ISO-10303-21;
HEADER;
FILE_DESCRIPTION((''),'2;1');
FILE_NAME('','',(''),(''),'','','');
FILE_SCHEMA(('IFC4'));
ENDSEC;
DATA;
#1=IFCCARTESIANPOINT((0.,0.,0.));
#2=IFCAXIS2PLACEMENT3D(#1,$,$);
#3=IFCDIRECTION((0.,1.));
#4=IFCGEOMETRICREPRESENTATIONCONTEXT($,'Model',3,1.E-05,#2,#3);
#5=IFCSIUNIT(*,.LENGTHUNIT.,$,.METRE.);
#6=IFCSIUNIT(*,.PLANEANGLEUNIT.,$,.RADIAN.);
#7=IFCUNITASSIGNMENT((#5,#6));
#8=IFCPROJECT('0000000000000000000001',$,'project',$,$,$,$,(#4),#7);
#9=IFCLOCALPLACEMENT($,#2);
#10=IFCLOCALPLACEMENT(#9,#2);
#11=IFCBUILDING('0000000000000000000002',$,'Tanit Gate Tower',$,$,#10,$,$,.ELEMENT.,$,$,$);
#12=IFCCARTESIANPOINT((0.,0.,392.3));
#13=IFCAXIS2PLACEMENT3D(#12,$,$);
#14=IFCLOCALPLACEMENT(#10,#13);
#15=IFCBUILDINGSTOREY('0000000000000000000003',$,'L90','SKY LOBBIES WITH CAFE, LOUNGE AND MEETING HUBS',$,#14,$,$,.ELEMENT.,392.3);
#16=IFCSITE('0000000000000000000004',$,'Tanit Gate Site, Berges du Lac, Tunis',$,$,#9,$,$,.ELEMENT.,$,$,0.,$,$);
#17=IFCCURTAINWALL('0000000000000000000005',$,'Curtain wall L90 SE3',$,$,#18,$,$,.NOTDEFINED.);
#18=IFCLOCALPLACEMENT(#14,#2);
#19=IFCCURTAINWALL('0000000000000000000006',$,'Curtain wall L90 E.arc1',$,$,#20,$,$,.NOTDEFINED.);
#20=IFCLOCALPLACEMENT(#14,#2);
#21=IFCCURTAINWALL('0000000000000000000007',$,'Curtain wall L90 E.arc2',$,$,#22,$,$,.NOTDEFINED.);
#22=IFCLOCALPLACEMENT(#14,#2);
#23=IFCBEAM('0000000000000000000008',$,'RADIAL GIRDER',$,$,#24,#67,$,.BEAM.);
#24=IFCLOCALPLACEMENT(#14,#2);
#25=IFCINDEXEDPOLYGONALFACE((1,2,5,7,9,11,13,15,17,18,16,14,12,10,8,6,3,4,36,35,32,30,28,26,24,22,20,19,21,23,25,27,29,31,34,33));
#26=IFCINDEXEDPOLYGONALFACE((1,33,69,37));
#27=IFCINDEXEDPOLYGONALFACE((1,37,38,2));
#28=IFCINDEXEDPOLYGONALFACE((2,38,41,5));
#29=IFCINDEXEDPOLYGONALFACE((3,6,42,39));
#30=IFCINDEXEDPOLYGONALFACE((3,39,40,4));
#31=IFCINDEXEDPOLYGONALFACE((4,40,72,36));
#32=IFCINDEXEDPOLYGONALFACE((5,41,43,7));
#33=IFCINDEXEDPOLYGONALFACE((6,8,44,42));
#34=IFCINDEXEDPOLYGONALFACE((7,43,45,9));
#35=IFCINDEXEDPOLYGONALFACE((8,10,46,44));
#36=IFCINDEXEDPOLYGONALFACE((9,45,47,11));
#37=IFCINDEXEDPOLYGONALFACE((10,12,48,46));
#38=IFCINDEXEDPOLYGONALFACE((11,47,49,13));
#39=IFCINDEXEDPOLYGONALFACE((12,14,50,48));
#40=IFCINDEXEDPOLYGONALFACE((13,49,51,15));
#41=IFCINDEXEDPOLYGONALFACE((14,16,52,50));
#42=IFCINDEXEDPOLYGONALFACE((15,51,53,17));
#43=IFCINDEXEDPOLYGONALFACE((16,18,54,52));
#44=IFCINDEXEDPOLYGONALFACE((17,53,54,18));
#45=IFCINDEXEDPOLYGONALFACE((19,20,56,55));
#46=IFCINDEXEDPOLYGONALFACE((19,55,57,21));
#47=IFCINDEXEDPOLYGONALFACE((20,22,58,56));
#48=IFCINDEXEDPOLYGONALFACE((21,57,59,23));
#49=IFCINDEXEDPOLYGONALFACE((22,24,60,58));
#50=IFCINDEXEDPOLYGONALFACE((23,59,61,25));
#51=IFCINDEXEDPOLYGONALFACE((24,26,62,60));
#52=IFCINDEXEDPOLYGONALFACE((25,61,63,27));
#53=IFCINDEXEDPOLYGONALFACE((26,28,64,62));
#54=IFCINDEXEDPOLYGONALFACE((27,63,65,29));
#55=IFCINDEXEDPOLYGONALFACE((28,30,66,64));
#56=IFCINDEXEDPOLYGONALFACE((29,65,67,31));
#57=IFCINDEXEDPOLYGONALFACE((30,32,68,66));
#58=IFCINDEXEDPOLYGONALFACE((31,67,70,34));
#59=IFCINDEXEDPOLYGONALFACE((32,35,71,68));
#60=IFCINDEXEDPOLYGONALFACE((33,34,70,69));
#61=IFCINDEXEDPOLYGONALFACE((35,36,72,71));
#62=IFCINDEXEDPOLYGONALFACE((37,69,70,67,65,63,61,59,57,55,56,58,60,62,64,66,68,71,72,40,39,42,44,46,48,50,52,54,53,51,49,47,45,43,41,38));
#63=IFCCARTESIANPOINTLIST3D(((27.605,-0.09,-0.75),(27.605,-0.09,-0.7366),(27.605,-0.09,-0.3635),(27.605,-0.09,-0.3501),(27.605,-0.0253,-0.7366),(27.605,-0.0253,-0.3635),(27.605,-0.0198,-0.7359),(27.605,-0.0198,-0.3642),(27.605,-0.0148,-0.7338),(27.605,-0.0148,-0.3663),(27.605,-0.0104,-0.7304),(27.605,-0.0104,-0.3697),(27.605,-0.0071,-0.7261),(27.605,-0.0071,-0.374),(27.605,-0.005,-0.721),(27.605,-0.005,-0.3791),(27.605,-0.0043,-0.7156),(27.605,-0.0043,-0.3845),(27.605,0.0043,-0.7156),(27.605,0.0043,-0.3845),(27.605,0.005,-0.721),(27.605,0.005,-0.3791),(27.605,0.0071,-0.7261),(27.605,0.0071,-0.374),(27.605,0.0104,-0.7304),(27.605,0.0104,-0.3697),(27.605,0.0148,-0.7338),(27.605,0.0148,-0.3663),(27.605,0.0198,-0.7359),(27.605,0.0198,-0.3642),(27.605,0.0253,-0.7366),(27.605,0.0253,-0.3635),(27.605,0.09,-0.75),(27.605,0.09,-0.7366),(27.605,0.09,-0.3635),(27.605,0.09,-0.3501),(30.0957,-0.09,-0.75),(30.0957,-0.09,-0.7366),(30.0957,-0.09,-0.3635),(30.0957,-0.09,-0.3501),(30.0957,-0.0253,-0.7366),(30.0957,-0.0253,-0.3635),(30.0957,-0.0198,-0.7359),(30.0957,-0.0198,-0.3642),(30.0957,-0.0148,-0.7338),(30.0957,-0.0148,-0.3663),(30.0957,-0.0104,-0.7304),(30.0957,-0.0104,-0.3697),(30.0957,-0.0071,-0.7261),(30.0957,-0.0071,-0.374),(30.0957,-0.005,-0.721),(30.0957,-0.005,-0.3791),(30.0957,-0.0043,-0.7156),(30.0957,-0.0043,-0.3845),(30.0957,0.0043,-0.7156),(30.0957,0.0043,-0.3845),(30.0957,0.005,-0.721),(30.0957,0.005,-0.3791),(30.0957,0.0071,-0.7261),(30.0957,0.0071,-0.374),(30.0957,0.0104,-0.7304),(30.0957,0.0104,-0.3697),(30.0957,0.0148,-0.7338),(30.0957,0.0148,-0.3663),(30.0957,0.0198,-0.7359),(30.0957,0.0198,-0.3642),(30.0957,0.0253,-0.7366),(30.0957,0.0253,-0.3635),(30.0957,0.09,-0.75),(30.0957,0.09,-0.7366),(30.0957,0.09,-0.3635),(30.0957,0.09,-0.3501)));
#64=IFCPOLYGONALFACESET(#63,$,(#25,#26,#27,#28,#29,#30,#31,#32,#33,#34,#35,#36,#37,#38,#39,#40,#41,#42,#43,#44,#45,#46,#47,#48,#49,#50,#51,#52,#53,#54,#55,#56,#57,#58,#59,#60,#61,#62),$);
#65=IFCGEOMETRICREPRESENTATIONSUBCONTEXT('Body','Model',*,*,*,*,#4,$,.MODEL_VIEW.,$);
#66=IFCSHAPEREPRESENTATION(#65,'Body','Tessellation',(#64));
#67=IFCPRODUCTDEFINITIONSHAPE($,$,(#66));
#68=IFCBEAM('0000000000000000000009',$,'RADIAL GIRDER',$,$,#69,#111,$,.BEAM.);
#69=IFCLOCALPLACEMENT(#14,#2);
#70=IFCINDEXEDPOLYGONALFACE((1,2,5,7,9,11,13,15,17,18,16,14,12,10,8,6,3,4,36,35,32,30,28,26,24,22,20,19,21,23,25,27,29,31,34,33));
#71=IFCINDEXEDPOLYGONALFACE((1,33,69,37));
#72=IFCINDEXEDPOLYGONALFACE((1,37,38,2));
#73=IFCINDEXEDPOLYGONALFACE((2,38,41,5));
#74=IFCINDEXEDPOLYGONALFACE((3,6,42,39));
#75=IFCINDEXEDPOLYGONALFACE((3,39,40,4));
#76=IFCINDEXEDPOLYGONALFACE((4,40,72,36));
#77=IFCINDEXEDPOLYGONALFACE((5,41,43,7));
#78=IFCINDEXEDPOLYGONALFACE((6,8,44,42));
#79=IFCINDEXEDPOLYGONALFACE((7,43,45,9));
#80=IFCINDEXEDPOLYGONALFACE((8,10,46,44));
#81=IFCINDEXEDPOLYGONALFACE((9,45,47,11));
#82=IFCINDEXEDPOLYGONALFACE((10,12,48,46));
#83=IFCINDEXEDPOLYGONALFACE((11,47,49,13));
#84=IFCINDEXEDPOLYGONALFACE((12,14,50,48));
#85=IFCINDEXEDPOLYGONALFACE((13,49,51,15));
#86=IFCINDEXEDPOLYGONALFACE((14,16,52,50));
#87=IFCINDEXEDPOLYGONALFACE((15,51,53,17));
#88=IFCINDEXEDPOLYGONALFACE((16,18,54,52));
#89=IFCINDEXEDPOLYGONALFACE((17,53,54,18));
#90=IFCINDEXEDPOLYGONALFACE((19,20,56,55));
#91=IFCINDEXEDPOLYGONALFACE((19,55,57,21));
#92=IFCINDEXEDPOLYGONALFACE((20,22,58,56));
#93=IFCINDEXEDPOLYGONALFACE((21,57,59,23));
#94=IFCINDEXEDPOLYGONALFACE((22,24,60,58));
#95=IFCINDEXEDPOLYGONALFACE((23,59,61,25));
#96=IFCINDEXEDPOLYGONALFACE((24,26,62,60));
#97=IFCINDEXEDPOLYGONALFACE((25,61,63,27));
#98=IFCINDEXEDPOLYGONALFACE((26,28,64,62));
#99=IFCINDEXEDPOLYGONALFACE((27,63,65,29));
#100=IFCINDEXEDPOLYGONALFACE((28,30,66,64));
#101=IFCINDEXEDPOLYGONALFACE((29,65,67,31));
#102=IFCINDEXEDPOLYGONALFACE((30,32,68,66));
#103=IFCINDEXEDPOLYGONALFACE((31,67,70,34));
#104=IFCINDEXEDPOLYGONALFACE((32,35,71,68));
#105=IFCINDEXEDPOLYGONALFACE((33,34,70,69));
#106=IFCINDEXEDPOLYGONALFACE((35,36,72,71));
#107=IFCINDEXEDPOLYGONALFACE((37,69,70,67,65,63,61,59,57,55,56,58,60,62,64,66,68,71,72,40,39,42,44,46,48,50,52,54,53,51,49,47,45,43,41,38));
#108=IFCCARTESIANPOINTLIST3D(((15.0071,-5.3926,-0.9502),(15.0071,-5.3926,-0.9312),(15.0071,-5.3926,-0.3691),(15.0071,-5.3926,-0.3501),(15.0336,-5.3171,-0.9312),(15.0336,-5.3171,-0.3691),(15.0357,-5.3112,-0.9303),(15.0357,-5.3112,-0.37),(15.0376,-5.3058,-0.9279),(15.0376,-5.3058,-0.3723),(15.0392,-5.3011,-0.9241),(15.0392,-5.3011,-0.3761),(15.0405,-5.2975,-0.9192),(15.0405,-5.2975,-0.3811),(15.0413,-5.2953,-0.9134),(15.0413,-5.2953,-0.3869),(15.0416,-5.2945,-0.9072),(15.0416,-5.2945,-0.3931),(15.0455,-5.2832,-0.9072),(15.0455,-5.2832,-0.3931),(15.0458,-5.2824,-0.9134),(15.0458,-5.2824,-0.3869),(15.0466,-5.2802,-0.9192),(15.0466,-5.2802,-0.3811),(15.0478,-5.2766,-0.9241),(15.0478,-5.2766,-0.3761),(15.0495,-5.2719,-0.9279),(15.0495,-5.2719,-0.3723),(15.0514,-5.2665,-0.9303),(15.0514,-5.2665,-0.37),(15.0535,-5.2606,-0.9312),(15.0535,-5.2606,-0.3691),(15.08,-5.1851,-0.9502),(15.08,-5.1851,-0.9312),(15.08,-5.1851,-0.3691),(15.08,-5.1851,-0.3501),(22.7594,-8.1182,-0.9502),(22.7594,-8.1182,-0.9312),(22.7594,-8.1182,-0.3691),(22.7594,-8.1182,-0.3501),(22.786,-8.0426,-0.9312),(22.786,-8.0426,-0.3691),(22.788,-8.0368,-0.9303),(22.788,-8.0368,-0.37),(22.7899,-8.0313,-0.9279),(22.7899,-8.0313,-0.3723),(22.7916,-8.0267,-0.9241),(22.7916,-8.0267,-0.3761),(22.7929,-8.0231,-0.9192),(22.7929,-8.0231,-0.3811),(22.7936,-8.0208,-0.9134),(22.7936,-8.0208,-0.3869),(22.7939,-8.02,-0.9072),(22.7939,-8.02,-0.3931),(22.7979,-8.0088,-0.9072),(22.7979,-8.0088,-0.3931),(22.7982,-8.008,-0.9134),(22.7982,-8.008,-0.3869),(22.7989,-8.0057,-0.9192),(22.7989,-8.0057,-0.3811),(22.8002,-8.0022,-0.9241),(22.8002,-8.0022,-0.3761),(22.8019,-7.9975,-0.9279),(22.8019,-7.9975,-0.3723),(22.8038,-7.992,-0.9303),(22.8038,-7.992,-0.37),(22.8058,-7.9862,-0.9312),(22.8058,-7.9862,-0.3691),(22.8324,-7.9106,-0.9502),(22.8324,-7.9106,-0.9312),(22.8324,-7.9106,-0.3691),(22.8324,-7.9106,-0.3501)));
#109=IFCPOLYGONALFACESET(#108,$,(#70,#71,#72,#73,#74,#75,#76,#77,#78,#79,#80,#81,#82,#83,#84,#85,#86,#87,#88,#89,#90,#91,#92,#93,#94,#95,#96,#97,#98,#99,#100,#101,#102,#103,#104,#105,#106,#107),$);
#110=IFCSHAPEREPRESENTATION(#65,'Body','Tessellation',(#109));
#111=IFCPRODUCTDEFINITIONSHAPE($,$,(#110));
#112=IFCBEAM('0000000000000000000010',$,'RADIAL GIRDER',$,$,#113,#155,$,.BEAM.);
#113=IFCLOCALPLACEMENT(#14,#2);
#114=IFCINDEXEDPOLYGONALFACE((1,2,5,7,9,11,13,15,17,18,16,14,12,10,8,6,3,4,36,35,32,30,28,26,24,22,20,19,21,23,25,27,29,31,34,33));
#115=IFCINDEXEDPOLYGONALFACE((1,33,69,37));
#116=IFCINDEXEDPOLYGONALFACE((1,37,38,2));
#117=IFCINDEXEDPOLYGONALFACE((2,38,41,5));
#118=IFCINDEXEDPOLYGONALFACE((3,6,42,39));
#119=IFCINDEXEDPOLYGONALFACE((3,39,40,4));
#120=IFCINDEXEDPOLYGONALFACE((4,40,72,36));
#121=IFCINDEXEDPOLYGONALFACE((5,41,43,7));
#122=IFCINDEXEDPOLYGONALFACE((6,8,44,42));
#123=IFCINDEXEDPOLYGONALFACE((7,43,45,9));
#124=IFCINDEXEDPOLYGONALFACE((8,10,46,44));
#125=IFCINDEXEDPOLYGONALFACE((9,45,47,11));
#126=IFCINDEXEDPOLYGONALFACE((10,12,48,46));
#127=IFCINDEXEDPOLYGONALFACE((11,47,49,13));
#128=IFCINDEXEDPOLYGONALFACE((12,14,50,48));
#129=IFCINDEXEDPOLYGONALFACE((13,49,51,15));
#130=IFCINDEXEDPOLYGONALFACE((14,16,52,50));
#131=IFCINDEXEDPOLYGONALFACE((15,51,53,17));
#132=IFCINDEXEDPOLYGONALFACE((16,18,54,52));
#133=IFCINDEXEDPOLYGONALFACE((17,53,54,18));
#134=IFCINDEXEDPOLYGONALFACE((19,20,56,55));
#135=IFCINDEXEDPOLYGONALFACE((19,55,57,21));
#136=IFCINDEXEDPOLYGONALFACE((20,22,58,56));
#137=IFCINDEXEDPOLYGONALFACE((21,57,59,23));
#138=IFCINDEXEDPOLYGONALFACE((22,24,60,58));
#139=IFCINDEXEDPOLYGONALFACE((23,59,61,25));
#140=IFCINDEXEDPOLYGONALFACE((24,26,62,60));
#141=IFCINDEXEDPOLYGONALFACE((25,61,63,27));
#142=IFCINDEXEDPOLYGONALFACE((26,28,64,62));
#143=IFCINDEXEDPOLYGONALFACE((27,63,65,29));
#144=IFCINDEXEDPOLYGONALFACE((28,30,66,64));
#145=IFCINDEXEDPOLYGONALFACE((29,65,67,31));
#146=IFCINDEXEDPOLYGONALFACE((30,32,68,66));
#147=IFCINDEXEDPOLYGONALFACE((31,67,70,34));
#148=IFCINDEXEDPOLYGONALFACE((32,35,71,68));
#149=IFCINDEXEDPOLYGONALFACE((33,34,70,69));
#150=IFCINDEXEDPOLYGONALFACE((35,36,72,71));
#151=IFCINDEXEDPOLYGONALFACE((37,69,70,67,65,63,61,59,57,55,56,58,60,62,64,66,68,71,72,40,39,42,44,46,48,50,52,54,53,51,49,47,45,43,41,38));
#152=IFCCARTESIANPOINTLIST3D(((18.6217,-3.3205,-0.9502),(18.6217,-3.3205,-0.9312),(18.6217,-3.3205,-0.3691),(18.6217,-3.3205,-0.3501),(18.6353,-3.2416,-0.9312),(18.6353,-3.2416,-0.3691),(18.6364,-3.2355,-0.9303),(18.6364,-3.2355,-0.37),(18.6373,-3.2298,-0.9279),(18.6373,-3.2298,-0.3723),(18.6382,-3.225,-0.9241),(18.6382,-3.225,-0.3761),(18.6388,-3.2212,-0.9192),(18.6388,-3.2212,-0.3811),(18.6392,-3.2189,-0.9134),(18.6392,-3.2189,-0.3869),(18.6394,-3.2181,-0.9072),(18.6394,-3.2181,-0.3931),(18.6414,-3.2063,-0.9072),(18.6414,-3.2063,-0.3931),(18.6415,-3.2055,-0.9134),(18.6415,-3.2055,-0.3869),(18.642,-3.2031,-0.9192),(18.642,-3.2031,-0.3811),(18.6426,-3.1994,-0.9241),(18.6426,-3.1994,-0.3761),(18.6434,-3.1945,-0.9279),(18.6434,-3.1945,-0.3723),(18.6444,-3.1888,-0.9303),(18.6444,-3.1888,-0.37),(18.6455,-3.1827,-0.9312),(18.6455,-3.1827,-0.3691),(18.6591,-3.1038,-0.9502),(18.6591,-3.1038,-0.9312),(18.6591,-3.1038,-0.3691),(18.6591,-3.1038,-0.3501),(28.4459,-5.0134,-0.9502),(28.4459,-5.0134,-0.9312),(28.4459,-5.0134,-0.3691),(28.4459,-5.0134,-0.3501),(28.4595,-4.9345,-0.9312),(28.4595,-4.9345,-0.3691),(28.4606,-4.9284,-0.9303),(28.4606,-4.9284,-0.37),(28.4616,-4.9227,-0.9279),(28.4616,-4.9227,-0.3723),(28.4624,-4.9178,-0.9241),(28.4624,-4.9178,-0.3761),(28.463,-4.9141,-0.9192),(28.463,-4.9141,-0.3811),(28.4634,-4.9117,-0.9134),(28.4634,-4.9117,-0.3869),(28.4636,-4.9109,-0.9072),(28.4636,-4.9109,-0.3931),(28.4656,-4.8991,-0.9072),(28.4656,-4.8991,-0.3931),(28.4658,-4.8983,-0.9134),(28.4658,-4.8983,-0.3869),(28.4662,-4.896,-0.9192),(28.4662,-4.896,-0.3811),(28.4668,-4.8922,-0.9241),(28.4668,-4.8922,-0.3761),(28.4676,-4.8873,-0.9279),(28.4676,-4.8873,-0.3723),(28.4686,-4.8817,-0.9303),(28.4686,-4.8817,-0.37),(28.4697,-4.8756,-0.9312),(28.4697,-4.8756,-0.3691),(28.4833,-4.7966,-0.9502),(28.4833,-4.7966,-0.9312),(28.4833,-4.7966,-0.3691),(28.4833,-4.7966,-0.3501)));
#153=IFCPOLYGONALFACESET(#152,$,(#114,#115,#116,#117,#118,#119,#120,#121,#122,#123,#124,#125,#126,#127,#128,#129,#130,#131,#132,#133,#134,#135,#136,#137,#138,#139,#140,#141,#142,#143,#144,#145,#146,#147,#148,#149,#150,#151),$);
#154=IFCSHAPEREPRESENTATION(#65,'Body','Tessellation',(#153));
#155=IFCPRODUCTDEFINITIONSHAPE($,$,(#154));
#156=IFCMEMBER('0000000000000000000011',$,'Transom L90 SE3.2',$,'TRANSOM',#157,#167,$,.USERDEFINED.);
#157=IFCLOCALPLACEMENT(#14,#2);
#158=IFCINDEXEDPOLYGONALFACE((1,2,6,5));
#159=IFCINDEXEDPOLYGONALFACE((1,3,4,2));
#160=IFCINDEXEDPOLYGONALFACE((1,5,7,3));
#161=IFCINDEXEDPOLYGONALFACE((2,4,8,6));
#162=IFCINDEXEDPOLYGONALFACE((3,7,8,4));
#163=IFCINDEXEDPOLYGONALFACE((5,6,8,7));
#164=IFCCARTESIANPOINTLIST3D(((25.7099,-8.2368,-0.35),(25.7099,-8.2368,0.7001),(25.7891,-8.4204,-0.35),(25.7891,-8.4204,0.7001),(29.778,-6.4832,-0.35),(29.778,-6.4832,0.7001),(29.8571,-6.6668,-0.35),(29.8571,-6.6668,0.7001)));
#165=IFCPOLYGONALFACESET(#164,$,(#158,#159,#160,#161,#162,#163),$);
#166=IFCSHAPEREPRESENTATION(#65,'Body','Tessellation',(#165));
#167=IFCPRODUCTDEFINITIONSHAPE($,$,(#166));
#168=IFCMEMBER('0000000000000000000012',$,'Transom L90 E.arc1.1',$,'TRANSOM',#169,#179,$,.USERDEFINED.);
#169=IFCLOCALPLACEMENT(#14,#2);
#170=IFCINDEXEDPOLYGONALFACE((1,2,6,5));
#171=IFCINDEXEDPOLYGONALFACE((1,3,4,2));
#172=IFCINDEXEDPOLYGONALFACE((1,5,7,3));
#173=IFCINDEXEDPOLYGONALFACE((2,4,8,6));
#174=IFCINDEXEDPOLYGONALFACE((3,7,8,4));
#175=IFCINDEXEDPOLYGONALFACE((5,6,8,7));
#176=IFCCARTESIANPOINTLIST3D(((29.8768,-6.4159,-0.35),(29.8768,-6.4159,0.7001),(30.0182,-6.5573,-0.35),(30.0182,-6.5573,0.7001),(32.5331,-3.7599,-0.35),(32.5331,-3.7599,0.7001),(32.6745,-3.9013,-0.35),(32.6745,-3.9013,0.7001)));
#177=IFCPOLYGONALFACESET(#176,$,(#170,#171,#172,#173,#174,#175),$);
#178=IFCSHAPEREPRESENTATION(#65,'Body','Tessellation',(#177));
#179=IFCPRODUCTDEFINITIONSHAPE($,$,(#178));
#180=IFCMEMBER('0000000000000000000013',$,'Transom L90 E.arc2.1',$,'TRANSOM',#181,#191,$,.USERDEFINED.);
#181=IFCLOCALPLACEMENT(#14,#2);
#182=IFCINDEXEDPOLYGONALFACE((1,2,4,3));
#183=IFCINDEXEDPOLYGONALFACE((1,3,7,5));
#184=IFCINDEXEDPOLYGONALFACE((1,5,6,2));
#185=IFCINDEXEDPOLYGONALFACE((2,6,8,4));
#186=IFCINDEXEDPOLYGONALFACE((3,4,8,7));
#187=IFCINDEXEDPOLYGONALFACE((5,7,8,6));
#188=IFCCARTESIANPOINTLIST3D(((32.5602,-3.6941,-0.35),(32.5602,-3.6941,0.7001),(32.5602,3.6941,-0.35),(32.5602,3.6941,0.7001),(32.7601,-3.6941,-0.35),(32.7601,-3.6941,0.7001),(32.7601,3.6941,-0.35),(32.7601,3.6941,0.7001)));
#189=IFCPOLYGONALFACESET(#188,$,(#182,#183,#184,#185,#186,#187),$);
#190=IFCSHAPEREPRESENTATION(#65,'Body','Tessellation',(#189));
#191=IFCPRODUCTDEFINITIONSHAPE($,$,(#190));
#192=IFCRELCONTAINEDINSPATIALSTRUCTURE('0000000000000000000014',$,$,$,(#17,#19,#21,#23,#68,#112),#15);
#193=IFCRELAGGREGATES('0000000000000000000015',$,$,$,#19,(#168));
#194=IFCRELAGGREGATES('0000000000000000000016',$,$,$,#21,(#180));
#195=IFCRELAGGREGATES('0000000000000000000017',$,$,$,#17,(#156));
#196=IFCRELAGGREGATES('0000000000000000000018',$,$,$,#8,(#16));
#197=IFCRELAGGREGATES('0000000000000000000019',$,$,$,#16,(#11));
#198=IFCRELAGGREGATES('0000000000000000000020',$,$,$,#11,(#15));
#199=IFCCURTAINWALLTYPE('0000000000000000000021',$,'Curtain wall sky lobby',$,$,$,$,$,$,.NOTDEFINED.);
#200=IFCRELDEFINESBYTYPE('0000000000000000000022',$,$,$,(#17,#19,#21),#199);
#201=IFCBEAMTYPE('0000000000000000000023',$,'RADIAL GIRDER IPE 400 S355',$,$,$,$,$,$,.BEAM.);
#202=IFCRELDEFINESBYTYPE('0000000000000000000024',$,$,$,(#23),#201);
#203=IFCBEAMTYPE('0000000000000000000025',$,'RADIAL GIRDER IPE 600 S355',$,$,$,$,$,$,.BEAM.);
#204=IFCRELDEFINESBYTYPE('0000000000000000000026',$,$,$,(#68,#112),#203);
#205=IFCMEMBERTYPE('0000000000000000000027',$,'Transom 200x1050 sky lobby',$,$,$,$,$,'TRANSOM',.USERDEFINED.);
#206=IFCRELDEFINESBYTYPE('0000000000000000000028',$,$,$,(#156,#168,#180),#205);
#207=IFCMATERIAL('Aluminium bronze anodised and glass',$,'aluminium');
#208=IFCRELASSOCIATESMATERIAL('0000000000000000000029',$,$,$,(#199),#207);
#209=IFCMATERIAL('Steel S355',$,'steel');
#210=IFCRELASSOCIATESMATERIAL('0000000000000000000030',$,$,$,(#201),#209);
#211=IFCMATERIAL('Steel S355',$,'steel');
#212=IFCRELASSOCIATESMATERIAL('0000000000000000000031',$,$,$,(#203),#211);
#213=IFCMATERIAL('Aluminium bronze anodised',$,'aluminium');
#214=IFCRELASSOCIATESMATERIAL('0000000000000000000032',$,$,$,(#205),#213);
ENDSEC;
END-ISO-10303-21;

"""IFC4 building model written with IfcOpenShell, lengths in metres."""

from ifc_helpers import new_model, si_unit, direction, frame, origin, origin_2d, place, context, subcontext, project, spatial, rectangle, i_section, extrude, material, material_profile, profile_set, type_object, element, aggregate, save


model = new_model("IFC4")

# Units and contexts
model_context = context("Model", 3, precision=1e-05, world=origin(), true_north=direction((0.0, 1.0)))
body_context = subcontext(model_context, "Body", "Model", "MODEL_VIEW")
ifc_project = project(units=[si_unit("LENGTHUNIT", "METRE"), si_unit("PLANEANGLEUNIT", "RADIAN")], contexts=[model_context])

# Site, building, storey
site_placement = place(None, origin())
site = spatial("IfcSite", under=ifc_project, at=site_placement, Name="Tanit Gate Site, Berges du Lac, Tunis", CompositionType="ELEMENT", RefElevation=0.0)
building_placement = place(site_placement, origin())
building = spatial("IfcBuilding", under=site, at=building_placement, Name="Tanit Gate Tower", CompositionType="ELEMENT")
storey_placement = place(building_placement, frame((0.0, 0.0, 392.3)))
storey = spatial("IfcBuildingStorey", under=building, at=storey_placement, Name="L90", Description="SKY LOBBIES WITH CAFE, LOUNGE AND MEETING HUBS", CompositionType="ELEMENT", Elevation=392.3)

# Curtain walls
ifc_material_1 = material(Name="Aluminium bronze anodised and glass", Category="aluminium")
curtain_wall_type = type_object("IfcCurtainWallType", Name="Curtain wall sky lobby", PredefinedType="NOTDEFINED", material=ifc_material_1)
curtain_wall_1_placement = place(storey_placement, origin())
curtain_wall_1 = element("IfcCurtainWall", 1, at=curtain_wall_1_placement, inside=storey, type_object=curtain_wall_type, Name="Curtain wall L90 SE3", PredefinedType="NOTDEFINED")
curtain_wall_2_placement = place(storey_placement, origin())
curtain_wall_2 = element("IfcCurtainWall", 2, at=curtain_wall_2_placement, inside=storey, type_object=curtain_wall_type, Name="Curtain wall L90 E.arc1", PredefinedType="NOTDEFINED")

# Curtain wall
curtain_wall_3_placement = place(storey_placement, origin())
curtain_wall_3 = element("IfcCurtainWall", 3, at=curtain_wall_3_placement, inside=storey, type_object=curtain_wall_type, Name="Curtain wall L90 E.arc2", PredefinedType="NOTDEFINED")

# Beams
ifc_material_2 = material(Name="Steel S355", Category="steel")
ifc_material_profile_1 = material_profile(ifc_material_2, i_section(OverallWidth=0.1799, OverallDepth=0.3999, WebThickness=0.0085, FlangeThickness=0.0134, FilletRadius=0.021, at=origin_2d()), Name="IPE 400")
ifc_profile_set_1 = profile_set([ifc_material_profile_1], Name="Steel S355")
beam_type_1 = type_object("IfcBeamType", Name="RADIAL GIRDER IPE 400 S355", PredefinedType="BEAM", material=ifc_profile_set_1)
beam_1_placement = place(storey_placement, frame((30.0957, 0.0, -0.55), z_axis=(-1.0, 0.0, 0.0), x_axis=(0.0, -1.0, 0.0)))
element("IfcBeam", 4, at=beam_1_placement, inside=storey, type_object=beam_type_1, Name="RADIAL GIRDER", PredefinedType="BEAM", context=body_context, shape_type="SweptSolid", body=[
    extrude(i_section(OverallWidth=0.1799, OverallDepth=0.3999, WebThickness=0.0085, FlangeThickness=0.0134, FilletRadius=0.021, at=origin_2d()), origin(), (0.0, 0.0, 1.0), 2.4907),
])
ifc_material_3 = material(Name="Steel S355", Category="steel")
ifc_material_profile_2 = material_profile(ifc_material_3, i_section(OverallWidth=0.22, OverallDepth=0.6001, WebThickness=0.012, FlangeThickness=0.019, FilletRadius=0.0239, at=origin_2d()), Name="IPE 600")
ifc_profile_set_2 = profile_set([ifc_material_profile_2], Name="Steel S355")
beam_type_2 = type_object("IfcBeamType", Name="RADIAL GIRDER IPE 600 S355", PredefinedType="BEAM", material=ifc_profile_set_2)
beam_2_placement = place(storey_placement, frame((22.7959, -8.0144, -0.6501), z_axis=(-0.943393, 0.331676, 0.0), x_axis=(-0.331676, -0.943393, 0.0)))
element("IfcBeam", 5, at=beam_2_placement, inside=storey, type_object=beam_type_2, Name="RADIAL GIRDER", PredefinedType="BEAM", context=body_context, shape_type="SweptSolid", body=[
    extrude(i_section(OverallWidth=0.22, OverallDepth=0.6001, WebThickness=0.012, FlangeThickness=0.019, FilletRadius=0.0239, at=origin_2d()), origin(), (0.0, 0.0, 1.0), 8.2175),
])
beam_3_placement = place(storey_placement, frame((28.4646, -4.905, -0.6501), z_axis=(-0.985476, 0.169813, 0.0), x_axis=(-0.169813, -0.985476, 0.0)))
element("IfcBeam", 6, at=beam_3_placement, inside=storey, type_object=beam_type_2, Name="RADIAL GIRDER", PredefinedType="BEAM", context=body_context, shape_type="SweptSolid", body=[
    extrude(i_section(OverallWidth=0.22, OverallDepth=0.6001, WebThickness=0.012, FlangeThickness=0.019, FilletRadius=0.0239, at=origin_2d()), origin(), (0.0, 0.0, 1.0), 9.969),
])

# Members
ifc_material_4 = material(Name="Aluminium bronze anodised", Category="aluminium")
ifc_material_profile_3 = material_profile(ifc_material_4, rectangle(XDim=0.2, YDim=1.05, at=origin_2d()), Name="200x1050 bronze transom")
ifc_profile_set_3 = profile_set([ifc_material_profile_3], Name="Aluminium bronze anodised")
member_type_1 = type_object("IfcMemberType", Name="Transom 200x1050 sky lobby", ElementType="TRANSOM", PredefinedType="USERDEFINED", material=ifc_profile_set_3)
member_1_placement = place(storey_placement, frame((25.7495, -8.3286, 0.175), z_axis=(0.918311, 0.395861, 0.0), x_axis=(-0.395861, 0.918311, 0.0)))
member_1 = element("IfcMember", 7, at=member_1_placement, type_object=member_type_1, Name="Transom L90 SE3.2", ObjectType="TRANSOM", PredefinedType="USERDEFINED", context=body_context, shape_type="SweptSolid", body=[
    extrude(rectangle(XDim=0.2, YDim=1.05, at=origin_2d()), origin(), (0.0, 0.0, 1.0), 4.4299),
])
member_2_placement = place(storey_placement, frame((29.9475, -6.4866, 0.175), z_axis=(0.707139, 0.707074, 0.0), x_axis=(-0.707074, 0.707139, 0.0)))
member_2 = element("IfcMember", 8, at=member_2_placement, type_object=member_type_1, Name="Transom L90 E.arc1.1", ObjectType="TRANSOM", PredefinedType="USERDEFINED", context=body_context, shape_type="SweptSolid", body=[
    extrude(rectangle(XDim=0.2, YDim=1.05, at=origin_2d()), origin(), (0.0, 0.0, 1.0), 3.7563),
])
member_3_placement = place(storey_placement, frame((32.6602, -3.6941, 0.175), z_axis=(0.0, 1.0, 0.0), x_axis=(-1.0, 0.0, 0.0)))
member_3 = element("IfcMember", 9, at=member_3_placement, type_object=member_type_1, Name="Transom L90 E.arc2.1", ObjectType="TRANSOM", PredefinedType="USERDEFINED", context=body_context, shape_type="SweptSolid", body=[
    extrude(rectangle(XDim=0.2, YDim=1.05, at=origin_2d()), origin(), (0.0, 0.0, 1.0), 7.3882),
])

aggregate(curtain_wall_2, [member_2])
aggregate(curtain_wall_3, [member_3])
aggregate(curtain_wall_1, [member_1])

save(model, "model.ifc")
